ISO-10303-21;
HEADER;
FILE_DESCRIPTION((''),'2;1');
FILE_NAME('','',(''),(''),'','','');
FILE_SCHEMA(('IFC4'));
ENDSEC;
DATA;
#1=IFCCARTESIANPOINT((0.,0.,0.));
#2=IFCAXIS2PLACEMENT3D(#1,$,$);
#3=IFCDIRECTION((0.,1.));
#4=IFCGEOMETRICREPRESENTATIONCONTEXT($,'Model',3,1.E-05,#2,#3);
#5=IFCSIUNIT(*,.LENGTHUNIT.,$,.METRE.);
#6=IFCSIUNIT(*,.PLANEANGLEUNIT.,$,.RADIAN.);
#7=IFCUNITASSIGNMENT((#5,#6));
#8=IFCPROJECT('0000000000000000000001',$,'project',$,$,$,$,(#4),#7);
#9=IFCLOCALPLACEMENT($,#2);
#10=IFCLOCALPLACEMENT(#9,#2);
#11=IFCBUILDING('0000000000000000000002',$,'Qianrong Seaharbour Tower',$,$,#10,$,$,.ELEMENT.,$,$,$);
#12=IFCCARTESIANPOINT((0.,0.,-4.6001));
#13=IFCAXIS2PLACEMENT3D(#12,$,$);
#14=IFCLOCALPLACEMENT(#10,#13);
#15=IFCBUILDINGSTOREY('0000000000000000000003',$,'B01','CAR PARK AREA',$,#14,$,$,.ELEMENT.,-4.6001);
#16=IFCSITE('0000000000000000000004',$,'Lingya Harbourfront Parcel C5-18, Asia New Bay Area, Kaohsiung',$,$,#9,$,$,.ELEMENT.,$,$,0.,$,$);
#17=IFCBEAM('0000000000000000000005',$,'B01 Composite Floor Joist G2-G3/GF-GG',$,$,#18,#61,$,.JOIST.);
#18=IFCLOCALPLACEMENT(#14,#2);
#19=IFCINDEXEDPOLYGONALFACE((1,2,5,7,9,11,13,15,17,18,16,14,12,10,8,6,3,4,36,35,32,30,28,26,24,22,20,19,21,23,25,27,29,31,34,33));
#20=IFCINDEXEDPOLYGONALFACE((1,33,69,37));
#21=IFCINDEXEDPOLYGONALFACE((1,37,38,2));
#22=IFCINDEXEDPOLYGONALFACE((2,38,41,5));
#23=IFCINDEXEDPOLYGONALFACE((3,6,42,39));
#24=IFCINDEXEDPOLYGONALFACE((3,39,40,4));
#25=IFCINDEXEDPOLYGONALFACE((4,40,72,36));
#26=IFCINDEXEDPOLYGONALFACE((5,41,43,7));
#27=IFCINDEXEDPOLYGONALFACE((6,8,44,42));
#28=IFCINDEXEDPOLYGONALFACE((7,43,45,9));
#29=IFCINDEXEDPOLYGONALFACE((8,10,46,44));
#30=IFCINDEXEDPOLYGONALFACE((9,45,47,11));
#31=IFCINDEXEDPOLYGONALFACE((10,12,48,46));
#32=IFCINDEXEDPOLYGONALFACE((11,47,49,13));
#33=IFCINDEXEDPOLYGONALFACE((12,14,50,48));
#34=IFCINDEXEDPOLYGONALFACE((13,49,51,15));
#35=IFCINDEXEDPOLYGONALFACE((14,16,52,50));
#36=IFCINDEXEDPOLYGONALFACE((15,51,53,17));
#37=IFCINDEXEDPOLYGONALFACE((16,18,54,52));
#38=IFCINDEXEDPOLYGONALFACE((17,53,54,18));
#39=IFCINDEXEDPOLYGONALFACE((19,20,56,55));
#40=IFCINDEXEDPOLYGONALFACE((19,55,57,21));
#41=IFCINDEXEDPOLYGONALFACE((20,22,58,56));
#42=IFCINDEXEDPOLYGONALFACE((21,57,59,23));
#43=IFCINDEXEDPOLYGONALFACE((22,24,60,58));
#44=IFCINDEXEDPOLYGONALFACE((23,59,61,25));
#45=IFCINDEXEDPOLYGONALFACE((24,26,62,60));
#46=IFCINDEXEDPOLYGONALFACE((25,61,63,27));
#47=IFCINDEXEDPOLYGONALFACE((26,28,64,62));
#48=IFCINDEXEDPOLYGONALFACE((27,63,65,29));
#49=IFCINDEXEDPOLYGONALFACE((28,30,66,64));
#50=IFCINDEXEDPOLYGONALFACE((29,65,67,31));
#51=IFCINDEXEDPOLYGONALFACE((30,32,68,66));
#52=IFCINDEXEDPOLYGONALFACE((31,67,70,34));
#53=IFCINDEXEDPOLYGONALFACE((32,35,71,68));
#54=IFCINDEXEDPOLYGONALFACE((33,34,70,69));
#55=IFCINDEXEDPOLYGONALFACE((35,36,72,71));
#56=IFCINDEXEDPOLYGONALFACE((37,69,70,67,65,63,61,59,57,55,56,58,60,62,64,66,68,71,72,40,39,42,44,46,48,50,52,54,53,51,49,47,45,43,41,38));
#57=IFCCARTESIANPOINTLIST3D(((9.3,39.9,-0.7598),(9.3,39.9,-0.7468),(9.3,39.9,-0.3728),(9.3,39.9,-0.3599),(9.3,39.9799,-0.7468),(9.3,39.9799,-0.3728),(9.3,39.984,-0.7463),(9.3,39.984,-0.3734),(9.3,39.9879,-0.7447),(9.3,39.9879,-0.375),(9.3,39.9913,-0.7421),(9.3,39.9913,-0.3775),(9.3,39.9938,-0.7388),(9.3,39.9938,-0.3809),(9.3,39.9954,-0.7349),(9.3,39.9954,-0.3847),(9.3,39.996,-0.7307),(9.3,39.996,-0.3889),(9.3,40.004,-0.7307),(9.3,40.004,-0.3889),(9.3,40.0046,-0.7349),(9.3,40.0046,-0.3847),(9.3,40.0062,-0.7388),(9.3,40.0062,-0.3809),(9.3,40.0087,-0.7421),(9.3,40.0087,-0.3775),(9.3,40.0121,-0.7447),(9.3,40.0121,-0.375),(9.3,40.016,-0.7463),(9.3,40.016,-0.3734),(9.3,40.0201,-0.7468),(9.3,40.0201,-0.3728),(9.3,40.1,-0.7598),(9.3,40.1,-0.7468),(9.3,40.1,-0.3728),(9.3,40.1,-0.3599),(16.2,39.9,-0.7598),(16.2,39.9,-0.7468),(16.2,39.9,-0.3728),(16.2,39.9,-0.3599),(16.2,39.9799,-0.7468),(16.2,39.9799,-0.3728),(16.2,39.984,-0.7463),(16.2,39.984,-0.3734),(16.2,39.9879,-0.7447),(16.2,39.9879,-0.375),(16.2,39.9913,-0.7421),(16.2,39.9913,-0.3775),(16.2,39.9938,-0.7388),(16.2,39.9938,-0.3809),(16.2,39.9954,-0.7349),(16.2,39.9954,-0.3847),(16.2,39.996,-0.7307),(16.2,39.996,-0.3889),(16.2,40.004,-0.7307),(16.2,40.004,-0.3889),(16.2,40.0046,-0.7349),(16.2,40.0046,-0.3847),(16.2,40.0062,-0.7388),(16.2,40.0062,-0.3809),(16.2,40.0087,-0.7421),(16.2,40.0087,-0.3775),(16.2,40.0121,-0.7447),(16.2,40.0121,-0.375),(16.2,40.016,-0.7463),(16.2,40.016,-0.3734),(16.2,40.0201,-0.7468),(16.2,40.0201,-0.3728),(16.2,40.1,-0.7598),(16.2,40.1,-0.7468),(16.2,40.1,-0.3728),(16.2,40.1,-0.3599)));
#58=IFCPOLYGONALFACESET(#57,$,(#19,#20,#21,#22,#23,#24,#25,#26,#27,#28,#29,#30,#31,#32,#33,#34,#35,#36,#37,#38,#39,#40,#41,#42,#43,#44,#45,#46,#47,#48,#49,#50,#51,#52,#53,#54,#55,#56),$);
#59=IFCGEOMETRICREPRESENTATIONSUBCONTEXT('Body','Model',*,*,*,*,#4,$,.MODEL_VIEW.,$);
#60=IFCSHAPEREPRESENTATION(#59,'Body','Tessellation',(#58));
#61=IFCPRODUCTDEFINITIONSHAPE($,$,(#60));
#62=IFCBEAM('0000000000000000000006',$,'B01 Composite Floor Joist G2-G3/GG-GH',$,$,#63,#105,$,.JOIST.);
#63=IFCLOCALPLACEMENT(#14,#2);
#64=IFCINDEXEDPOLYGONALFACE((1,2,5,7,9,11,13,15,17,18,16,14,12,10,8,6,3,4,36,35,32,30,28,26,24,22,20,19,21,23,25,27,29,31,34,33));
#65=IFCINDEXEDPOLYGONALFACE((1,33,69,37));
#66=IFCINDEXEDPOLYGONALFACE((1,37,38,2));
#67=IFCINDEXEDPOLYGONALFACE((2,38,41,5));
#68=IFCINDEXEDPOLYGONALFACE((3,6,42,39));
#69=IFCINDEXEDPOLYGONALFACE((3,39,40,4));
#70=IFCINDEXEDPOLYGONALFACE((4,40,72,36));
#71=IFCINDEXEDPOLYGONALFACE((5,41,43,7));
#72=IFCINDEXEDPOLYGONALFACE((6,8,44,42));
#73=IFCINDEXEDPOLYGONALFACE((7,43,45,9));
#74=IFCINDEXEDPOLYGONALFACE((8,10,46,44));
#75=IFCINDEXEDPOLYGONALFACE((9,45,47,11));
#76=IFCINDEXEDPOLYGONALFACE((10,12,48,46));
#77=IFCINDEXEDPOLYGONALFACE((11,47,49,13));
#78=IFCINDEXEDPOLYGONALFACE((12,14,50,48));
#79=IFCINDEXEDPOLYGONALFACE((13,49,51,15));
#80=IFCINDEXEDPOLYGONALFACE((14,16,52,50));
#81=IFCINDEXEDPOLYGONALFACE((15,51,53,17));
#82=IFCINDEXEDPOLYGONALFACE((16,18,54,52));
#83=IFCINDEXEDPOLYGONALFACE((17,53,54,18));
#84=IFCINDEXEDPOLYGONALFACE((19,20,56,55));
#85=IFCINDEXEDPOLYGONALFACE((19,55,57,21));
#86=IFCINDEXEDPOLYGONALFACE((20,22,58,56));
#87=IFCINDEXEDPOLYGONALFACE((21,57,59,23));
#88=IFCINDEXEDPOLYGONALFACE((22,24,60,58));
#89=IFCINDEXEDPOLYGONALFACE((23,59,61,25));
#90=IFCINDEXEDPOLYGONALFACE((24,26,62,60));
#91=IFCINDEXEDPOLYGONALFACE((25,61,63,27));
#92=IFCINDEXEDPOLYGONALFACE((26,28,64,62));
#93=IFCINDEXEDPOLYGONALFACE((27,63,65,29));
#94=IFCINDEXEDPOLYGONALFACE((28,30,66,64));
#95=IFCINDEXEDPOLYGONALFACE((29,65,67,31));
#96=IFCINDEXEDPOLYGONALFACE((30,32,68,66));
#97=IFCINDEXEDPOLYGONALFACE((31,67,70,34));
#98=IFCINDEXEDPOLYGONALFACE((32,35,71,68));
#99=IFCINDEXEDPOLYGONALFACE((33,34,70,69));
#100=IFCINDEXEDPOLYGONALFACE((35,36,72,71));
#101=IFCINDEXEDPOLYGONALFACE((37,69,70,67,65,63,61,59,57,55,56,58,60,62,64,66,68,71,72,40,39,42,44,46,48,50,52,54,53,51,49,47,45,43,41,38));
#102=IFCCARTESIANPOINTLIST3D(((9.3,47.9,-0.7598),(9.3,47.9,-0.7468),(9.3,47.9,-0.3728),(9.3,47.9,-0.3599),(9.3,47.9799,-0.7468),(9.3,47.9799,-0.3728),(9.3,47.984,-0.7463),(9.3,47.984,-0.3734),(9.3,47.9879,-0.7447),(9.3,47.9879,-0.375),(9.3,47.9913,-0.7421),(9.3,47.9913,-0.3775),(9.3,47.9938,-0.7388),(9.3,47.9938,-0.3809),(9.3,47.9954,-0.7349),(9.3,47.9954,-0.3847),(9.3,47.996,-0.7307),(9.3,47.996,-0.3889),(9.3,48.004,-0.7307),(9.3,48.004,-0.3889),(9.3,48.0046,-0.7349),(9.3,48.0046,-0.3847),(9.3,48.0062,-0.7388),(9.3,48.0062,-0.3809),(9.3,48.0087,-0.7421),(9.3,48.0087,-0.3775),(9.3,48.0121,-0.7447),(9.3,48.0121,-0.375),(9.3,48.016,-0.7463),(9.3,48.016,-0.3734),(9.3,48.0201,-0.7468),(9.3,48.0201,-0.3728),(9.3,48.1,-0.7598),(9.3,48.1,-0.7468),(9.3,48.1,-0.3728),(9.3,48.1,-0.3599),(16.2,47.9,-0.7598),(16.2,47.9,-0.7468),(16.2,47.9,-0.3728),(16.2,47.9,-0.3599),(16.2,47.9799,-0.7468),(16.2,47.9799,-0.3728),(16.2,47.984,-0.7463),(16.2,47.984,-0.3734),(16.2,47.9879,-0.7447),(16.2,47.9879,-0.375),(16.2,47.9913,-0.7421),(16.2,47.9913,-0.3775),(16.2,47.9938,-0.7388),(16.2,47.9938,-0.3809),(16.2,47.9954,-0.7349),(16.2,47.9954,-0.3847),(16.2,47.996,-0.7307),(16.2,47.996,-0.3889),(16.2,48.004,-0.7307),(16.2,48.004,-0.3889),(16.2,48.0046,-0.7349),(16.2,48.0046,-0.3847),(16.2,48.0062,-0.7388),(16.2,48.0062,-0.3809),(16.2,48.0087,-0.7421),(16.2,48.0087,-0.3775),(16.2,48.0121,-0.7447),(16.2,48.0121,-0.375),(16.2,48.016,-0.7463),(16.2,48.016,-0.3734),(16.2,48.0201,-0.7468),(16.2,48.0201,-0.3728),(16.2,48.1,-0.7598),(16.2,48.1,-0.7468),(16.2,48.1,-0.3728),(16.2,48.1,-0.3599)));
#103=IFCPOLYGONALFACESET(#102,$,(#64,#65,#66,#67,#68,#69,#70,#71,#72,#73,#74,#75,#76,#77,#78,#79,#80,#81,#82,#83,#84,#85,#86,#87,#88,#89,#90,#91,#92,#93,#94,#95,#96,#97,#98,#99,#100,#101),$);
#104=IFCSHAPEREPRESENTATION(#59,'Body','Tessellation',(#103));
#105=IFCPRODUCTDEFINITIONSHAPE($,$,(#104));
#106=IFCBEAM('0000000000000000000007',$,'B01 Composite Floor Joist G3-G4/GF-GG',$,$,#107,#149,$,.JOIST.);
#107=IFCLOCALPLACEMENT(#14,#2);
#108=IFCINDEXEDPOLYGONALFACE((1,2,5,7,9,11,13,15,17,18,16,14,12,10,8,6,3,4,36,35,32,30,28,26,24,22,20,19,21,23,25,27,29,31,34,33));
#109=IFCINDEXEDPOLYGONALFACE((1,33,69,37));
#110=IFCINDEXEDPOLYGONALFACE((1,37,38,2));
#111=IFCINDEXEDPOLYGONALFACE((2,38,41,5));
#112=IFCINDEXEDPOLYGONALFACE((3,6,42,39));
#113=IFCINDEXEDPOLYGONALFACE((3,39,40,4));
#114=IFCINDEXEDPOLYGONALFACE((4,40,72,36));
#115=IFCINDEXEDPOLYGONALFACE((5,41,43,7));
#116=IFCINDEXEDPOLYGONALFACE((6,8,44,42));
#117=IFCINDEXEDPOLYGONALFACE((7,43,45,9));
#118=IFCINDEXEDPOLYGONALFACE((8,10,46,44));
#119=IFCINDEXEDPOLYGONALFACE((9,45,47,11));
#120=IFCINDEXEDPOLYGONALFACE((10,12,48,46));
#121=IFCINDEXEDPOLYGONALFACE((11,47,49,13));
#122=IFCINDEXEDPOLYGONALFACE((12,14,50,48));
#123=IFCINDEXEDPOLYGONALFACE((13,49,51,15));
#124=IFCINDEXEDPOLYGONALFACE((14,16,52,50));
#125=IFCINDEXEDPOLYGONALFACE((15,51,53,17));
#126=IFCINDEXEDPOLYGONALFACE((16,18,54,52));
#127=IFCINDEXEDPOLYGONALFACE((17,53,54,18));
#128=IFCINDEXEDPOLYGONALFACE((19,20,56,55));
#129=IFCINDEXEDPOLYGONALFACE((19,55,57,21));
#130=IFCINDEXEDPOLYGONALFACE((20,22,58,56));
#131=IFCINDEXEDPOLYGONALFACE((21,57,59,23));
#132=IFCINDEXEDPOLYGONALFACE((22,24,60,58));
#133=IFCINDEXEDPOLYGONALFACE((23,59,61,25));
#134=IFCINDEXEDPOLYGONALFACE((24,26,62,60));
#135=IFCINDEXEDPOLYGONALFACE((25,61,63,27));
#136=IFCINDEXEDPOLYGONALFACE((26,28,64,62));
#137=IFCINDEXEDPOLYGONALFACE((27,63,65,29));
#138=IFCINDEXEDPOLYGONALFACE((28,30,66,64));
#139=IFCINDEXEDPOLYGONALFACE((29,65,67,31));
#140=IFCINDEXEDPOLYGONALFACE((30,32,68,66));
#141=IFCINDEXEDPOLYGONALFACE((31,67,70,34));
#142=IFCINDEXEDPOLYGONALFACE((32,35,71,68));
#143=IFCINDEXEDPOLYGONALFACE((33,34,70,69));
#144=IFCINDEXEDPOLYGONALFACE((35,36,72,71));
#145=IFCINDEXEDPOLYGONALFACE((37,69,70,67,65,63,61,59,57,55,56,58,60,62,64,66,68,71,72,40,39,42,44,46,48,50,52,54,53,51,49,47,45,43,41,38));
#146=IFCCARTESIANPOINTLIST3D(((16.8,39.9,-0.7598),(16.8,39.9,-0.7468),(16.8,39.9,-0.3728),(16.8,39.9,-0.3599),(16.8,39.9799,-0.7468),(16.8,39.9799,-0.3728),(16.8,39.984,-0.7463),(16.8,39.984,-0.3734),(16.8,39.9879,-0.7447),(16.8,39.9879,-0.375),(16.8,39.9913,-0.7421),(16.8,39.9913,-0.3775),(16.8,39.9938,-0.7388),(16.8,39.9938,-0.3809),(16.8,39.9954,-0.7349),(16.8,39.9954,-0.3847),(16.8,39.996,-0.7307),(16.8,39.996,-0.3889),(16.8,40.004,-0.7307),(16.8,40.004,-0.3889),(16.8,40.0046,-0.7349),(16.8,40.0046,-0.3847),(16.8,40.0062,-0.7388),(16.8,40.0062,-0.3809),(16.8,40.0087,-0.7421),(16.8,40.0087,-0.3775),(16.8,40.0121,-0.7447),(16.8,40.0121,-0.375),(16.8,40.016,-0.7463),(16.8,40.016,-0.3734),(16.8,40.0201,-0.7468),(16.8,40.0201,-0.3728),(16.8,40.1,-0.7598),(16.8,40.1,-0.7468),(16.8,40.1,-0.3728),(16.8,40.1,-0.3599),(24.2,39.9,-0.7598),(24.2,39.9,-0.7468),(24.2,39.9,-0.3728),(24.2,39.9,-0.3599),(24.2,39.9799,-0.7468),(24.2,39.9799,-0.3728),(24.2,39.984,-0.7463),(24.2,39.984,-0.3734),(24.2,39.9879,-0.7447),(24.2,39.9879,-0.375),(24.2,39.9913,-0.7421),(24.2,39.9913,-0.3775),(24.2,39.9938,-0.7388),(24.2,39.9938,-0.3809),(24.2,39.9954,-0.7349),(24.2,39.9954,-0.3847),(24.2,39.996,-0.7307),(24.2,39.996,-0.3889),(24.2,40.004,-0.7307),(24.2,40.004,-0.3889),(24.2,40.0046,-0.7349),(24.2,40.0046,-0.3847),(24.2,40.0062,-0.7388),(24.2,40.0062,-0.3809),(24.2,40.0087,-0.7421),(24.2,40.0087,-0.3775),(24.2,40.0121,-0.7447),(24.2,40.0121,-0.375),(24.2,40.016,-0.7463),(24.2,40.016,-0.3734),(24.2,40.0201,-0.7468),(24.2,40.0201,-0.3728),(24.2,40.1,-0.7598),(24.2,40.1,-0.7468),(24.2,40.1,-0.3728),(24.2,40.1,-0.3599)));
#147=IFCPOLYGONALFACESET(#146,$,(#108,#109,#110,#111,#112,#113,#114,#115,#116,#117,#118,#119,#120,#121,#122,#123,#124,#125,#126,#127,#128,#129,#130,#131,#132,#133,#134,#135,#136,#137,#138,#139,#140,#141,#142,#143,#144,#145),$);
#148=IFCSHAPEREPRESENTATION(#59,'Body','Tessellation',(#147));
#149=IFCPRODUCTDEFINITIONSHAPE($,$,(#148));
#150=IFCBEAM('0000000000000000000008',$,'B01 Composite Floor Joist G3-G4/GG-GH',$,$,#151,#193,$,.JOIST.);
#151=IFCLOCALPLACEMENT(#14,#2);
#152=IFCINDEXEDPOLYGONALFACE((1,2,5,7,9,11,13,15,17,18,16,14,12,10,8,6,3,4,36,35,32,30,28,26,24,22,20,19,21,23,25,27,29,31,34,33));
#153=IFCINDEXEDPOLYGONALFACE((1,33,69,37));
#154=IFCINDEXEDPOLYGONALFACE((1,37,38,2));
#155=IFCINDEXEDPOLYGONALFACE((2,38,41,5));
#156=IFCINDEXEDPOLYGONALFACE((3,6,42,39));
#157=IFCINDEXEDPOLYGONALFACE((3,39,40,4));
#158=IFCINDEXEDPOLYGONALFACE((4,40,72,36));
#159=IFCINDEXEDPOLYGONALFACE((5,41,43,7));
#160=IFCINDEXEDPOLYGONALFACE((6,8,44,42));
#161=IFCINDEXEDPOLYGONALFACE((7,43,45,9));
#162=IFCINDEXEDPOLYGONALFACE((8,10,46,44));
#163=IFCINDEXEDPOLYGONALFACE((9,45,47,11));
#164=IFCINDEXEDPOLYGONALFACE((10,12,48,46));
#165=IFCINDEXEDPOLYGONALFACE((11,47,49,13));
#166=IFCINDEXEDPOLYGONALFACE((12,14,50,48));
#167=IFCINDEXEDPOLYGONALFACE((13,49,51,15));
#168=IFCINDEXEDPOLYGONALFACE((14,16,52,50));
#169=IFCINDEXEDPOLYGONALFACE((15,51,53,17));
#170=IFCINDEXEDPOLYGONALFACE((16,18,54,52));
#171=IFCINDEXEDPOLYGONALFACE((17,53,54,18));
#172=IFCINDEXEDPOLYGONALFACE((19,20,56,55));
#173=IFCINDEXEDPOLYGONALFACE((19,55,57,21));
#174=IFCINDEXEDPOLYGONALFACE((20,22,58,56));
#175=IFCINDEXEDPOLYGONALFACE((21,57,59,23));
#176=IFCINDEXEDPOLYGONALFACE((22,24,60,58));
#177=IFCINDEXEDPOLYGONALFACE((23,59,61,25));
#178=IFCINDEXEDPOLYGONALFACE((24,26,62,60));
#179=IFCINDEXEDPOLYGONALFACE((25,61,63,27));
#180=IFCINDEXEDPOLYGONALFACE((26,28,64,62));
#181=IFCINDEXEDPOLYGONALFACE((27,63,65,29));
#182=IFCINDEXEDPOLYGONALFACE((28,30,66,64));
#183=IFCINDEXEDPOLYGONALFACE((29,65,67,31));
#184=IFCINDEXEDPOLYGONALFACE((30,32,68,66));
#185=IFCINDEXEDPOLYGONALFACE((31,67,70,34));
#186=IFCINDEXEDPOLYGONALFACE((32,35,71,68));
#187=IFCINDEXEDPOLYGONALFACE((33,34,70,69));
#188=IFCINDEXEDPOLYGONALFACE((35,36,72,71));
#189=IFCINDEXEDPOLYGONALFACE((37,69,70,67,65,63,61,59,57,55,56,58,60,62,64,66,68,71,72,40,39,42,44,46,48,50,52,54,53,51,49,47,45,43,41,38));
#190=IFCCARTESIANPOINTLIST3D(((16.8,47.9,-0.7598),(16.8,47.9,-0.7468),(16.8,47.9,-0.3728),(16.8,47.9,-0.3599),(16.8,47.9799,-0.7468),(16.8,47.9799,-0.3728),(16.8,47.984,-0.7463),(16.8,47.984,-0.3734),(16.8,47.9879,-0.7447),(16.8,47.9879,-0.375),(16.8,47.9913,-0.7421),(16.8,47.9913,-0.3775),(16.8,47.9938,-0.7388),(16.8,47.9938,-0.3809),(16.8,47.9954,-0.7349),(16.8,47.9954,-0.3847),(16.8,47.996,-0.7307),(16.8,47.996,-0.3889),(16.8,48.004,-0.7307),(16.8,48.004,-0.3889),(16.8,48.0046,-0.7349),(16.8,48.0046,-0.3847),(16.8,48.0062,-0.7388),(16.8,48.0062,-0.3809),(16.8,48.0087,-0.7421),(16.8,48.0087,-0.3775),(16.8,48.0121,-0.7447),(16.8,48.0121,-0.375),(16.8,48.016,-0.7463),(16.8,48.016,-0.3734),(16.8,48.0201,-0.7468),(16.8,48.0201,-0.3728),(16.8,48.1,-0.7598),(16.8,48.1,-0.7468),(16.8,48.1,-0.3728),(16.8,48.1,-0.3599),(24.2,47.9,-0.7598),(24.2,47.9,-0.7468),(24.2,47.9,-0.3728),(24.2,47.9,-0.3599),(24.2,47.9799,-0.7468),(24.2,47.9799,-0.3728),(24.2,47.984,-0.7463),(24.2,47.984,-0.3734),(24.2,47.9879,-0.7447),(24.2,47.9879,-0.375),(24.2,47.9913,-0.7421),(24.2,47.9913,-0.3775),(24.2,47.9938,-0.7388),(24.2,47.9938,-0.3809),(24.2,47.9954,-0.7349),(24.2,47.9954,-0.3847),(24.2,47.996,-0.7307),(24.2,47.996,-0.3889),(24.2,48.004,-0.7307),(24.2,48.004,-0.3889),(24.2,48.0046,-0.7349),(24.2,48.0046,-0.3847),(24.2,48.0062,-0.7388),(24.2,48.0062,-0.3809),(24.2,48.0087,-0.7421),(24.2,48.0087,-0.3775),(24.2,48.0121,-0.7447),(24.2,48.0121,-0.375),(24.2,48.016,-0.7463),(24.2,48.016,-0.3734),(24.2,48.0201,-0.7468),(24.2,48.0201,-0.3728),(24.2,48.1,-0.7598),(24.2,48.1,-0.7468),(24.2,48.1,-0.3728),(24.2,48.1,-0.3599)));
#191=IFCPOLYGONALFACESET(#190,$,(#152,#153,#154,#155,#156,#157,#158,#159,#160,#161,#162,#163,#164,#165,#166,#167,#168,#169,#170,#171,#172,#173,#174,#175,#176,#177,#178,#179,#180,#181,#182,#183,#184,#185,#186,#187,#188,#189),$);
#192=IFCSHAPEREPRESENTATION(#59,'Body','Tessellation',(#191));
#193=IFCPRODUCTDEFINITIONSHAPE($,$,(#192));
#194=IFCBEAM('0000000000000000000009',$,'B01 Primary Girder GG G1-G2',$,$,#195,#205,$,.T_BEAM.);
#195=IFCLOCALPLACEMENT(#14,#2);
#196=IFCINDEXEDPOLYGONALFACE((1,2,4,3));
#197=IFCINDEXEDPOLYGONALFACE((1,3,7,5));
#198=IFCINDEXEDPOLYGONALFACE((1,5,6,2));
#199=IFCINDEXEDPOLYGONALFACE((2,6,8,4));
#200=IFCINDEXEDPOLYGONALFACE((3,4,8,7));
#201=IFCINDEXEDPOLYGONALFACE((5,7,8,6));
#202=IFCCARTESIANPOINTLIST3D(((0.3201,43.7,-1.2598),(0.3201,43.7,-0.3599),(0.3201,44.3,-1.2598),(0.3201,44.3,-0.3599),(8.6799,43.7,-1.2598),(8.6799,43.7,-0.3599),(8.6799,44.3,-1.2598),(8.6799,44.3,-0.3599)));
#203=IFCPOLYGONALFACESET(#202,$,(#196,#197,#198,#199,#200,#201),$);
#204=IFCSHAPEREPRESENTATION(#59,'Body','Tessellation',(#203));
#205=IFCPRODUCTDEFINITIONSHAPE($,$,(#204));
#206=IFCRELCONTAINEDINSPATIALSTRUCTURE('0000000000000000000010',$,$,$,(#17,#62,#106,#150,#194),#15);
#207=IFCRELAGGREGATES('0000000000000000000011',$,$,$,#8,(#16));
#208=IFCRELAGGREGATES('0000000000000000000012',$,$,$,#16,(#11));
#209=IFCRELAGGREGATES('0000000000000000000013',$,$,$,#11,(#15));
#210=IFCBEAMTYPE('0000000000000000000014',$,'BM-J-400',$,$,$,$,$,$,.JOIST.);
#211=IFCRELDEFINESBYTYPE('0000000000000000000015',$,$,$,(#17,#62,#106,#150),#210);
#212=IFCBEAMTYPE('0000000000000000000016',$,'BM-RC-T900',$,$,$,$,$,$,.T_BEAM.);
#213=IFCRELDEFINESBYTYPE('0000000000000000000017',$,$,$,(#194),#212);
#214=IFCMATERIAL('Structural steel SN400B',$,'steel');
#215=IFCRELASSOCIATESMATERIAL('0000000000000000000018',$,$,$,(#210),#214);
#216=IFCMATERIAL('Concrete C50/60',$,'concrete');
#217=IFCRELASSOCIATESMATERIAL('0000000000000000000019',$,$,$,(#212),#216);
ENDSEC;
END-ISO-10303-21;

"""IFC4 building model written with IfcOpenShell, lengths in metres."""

from ifc_helpers import new_model, si_unit, direction, frame, origin, origin_2d, place, context, subcontext, project, spatial, rectangle, i_section, extrude, material, material_profile, profile_set, type_object, element, save


model = new_model("IFC4")

# Units and contexts
model_context = context("Model", 3, precision=1e-05, world=origin(), true_north=direction((0.0, 1.0)))
body_context = subcontext(model_context, "Body", "Model", "MODEL_VIEW")
ifc_project = project(units=[si_unit("LENGTHUNIT", "METRE"), si_unit("PLANEANGLEUNIT", "RADIAN")], contexts=[model_context])

# Site, building, storey
site_placement = place(None, origin())
site = spatial("IfcSite", under=ifc_project, at=site_placement, Name="Lingya Harbourfront Parcel C5-18, Asia New Bay Area, Kaohsiung", CompositionType="ELEMENT", RefElevation=0.0)
building_placement = place(site_placement, origin())
building = spatial("IfcBuilding", under=site, at=building_placement, Name="Qianrong Seaharbour Tower", CompositionType="ELEMENT")
storey_placement = place(building_placement, frame((0.0, 0.0, -4.6001)))
storey = spatial("IfcBuildingStorey", under=building, at=storey_placement, Name="B01", Description="CAR PARK AREA", CompositionType="ELEMENT", Elevation=-4.6001)

# Beams
ifc_material_1 = material(Name="Structural steel SN400B", Category="steel")
ifc_material_profile_1 = material_profile(ifc_material_1, i_section(OverallWidth=0.2, OverallDepth=0.3999, WebThickness=0.0081, FlangeThickness=0.0129, FilletRadius=0.0161, at=origin_2d()), Name="H400x200x8x13")
ifc_profile_set_1 = profile_set([ifc_material_profile_1], Name="Structural steel SN400B")
beam_type_1 = type_object("IfcBeamType", Name="BM-J-400", PredefinedType="JOIST", material=ifc_profile_set_1)
for number, where, z_axis, x_axis, name in (
    (1, (9.3, 40.0, -0.5598), (1.0, 0.0, 0.0), (0.0, 1.0, 0.0), "B01 Composite Floor Joist G2-G3/GF-GG"),
    (2, (9.3, 48.0, -0.5598), (1.0, 0.0, 0.0), (0.0, 1.0, 0.0), "B01 Composite Floor Joist G2-G3/GG-GH"),
):
    element("IfcBeam", number, at=place(storey_placement, frame(where, z_axis=z_axis, x_axis=x_axis)), inside=storey, type_object=beam_type_1, Name=name, PredefinedType="JOIST", context=body_context, shape_type="SweptSolid", body=[
        extrude(i_section(OverallWidth=0.2, OverallDepth=0.3999, WebThickness=0.0081, FlangeThickness=0.0129, FilletRadius=0.0161, at=origin_2d()), origin(), (0.0, 0.0, 1.0), 6.8999),
    ])
for number, where, z_axis, x_axis, name in (
    (3, (16.8, 40.0, -0.5598), (1.0, 0.0, 0.0), (0.0, 1.0, 0.0), "B01 Composite Floor Joist G3-G4/GF-GG"),
    (4, (16.8, 48.0, -0.5598), (1.0, 0.0, 0.0), (0.0, 1.0, 0.0), "B01 Composite Floor Joist G3-G4/GG-GH"),
):
    element("IfcBeam", number, at=place(storey_placement, frame(where, z_axis=z_axis, x_axis=x_axis)), inside=storey, type_object=beam_type_1, Name=name, PredefinedType="JOIST", context=body_context, shape_type="SweptSolid", body=[
        extrude(i_section(OverallWidth=0.2, OverallDepth=0.3999, WebThickness=0.0081, FlangeThickness=0.0129, FilletRadius=0.0161, at=origin_2d()), origin(), (0.0, 0.0, 1.0), 7.3999),
    ])
ifc_material_2 = material(Name="Concrete C50/60", Category="concrete")
ifc_material_profile_2 = material_profile(ifc_material_2, rectangle(XDim=0.6001, YDim=0.8999, at=origin_2d()), Name="RC600x900")
ifc_profile_set_2 = profile_set([ifc_material_profile_2], Name="Concrete C50/60")
beam_type_2 = type_object("IfcBeamType", Name="BM-RC-T900", PredefinedType="T_BEAM", material=ifc_profile_set_2)
beam_1_placement = place(storey_placement, frame((0.3201, 44.0, -0.8098), z_axis=(1.0, 0.0, 0.0), x_axis=(0.0, 1.0, 0.0)))
element("IfcBeam", 5, at=beam_1_placement, inside=storey, type_object=beam_type_2, Name="B01 Primary Girder GG G1-G2", PredefinedType="T_BEAM", context=body_context, shape_type="SweptSolid", body=[
    extrude(rectangle(XDim=0.6001, YDim=0.8999, at=origin_2d()), origin(), (0.0, 0.0, 1.0), 8.3599),
])

save(model, "model.ifc")
